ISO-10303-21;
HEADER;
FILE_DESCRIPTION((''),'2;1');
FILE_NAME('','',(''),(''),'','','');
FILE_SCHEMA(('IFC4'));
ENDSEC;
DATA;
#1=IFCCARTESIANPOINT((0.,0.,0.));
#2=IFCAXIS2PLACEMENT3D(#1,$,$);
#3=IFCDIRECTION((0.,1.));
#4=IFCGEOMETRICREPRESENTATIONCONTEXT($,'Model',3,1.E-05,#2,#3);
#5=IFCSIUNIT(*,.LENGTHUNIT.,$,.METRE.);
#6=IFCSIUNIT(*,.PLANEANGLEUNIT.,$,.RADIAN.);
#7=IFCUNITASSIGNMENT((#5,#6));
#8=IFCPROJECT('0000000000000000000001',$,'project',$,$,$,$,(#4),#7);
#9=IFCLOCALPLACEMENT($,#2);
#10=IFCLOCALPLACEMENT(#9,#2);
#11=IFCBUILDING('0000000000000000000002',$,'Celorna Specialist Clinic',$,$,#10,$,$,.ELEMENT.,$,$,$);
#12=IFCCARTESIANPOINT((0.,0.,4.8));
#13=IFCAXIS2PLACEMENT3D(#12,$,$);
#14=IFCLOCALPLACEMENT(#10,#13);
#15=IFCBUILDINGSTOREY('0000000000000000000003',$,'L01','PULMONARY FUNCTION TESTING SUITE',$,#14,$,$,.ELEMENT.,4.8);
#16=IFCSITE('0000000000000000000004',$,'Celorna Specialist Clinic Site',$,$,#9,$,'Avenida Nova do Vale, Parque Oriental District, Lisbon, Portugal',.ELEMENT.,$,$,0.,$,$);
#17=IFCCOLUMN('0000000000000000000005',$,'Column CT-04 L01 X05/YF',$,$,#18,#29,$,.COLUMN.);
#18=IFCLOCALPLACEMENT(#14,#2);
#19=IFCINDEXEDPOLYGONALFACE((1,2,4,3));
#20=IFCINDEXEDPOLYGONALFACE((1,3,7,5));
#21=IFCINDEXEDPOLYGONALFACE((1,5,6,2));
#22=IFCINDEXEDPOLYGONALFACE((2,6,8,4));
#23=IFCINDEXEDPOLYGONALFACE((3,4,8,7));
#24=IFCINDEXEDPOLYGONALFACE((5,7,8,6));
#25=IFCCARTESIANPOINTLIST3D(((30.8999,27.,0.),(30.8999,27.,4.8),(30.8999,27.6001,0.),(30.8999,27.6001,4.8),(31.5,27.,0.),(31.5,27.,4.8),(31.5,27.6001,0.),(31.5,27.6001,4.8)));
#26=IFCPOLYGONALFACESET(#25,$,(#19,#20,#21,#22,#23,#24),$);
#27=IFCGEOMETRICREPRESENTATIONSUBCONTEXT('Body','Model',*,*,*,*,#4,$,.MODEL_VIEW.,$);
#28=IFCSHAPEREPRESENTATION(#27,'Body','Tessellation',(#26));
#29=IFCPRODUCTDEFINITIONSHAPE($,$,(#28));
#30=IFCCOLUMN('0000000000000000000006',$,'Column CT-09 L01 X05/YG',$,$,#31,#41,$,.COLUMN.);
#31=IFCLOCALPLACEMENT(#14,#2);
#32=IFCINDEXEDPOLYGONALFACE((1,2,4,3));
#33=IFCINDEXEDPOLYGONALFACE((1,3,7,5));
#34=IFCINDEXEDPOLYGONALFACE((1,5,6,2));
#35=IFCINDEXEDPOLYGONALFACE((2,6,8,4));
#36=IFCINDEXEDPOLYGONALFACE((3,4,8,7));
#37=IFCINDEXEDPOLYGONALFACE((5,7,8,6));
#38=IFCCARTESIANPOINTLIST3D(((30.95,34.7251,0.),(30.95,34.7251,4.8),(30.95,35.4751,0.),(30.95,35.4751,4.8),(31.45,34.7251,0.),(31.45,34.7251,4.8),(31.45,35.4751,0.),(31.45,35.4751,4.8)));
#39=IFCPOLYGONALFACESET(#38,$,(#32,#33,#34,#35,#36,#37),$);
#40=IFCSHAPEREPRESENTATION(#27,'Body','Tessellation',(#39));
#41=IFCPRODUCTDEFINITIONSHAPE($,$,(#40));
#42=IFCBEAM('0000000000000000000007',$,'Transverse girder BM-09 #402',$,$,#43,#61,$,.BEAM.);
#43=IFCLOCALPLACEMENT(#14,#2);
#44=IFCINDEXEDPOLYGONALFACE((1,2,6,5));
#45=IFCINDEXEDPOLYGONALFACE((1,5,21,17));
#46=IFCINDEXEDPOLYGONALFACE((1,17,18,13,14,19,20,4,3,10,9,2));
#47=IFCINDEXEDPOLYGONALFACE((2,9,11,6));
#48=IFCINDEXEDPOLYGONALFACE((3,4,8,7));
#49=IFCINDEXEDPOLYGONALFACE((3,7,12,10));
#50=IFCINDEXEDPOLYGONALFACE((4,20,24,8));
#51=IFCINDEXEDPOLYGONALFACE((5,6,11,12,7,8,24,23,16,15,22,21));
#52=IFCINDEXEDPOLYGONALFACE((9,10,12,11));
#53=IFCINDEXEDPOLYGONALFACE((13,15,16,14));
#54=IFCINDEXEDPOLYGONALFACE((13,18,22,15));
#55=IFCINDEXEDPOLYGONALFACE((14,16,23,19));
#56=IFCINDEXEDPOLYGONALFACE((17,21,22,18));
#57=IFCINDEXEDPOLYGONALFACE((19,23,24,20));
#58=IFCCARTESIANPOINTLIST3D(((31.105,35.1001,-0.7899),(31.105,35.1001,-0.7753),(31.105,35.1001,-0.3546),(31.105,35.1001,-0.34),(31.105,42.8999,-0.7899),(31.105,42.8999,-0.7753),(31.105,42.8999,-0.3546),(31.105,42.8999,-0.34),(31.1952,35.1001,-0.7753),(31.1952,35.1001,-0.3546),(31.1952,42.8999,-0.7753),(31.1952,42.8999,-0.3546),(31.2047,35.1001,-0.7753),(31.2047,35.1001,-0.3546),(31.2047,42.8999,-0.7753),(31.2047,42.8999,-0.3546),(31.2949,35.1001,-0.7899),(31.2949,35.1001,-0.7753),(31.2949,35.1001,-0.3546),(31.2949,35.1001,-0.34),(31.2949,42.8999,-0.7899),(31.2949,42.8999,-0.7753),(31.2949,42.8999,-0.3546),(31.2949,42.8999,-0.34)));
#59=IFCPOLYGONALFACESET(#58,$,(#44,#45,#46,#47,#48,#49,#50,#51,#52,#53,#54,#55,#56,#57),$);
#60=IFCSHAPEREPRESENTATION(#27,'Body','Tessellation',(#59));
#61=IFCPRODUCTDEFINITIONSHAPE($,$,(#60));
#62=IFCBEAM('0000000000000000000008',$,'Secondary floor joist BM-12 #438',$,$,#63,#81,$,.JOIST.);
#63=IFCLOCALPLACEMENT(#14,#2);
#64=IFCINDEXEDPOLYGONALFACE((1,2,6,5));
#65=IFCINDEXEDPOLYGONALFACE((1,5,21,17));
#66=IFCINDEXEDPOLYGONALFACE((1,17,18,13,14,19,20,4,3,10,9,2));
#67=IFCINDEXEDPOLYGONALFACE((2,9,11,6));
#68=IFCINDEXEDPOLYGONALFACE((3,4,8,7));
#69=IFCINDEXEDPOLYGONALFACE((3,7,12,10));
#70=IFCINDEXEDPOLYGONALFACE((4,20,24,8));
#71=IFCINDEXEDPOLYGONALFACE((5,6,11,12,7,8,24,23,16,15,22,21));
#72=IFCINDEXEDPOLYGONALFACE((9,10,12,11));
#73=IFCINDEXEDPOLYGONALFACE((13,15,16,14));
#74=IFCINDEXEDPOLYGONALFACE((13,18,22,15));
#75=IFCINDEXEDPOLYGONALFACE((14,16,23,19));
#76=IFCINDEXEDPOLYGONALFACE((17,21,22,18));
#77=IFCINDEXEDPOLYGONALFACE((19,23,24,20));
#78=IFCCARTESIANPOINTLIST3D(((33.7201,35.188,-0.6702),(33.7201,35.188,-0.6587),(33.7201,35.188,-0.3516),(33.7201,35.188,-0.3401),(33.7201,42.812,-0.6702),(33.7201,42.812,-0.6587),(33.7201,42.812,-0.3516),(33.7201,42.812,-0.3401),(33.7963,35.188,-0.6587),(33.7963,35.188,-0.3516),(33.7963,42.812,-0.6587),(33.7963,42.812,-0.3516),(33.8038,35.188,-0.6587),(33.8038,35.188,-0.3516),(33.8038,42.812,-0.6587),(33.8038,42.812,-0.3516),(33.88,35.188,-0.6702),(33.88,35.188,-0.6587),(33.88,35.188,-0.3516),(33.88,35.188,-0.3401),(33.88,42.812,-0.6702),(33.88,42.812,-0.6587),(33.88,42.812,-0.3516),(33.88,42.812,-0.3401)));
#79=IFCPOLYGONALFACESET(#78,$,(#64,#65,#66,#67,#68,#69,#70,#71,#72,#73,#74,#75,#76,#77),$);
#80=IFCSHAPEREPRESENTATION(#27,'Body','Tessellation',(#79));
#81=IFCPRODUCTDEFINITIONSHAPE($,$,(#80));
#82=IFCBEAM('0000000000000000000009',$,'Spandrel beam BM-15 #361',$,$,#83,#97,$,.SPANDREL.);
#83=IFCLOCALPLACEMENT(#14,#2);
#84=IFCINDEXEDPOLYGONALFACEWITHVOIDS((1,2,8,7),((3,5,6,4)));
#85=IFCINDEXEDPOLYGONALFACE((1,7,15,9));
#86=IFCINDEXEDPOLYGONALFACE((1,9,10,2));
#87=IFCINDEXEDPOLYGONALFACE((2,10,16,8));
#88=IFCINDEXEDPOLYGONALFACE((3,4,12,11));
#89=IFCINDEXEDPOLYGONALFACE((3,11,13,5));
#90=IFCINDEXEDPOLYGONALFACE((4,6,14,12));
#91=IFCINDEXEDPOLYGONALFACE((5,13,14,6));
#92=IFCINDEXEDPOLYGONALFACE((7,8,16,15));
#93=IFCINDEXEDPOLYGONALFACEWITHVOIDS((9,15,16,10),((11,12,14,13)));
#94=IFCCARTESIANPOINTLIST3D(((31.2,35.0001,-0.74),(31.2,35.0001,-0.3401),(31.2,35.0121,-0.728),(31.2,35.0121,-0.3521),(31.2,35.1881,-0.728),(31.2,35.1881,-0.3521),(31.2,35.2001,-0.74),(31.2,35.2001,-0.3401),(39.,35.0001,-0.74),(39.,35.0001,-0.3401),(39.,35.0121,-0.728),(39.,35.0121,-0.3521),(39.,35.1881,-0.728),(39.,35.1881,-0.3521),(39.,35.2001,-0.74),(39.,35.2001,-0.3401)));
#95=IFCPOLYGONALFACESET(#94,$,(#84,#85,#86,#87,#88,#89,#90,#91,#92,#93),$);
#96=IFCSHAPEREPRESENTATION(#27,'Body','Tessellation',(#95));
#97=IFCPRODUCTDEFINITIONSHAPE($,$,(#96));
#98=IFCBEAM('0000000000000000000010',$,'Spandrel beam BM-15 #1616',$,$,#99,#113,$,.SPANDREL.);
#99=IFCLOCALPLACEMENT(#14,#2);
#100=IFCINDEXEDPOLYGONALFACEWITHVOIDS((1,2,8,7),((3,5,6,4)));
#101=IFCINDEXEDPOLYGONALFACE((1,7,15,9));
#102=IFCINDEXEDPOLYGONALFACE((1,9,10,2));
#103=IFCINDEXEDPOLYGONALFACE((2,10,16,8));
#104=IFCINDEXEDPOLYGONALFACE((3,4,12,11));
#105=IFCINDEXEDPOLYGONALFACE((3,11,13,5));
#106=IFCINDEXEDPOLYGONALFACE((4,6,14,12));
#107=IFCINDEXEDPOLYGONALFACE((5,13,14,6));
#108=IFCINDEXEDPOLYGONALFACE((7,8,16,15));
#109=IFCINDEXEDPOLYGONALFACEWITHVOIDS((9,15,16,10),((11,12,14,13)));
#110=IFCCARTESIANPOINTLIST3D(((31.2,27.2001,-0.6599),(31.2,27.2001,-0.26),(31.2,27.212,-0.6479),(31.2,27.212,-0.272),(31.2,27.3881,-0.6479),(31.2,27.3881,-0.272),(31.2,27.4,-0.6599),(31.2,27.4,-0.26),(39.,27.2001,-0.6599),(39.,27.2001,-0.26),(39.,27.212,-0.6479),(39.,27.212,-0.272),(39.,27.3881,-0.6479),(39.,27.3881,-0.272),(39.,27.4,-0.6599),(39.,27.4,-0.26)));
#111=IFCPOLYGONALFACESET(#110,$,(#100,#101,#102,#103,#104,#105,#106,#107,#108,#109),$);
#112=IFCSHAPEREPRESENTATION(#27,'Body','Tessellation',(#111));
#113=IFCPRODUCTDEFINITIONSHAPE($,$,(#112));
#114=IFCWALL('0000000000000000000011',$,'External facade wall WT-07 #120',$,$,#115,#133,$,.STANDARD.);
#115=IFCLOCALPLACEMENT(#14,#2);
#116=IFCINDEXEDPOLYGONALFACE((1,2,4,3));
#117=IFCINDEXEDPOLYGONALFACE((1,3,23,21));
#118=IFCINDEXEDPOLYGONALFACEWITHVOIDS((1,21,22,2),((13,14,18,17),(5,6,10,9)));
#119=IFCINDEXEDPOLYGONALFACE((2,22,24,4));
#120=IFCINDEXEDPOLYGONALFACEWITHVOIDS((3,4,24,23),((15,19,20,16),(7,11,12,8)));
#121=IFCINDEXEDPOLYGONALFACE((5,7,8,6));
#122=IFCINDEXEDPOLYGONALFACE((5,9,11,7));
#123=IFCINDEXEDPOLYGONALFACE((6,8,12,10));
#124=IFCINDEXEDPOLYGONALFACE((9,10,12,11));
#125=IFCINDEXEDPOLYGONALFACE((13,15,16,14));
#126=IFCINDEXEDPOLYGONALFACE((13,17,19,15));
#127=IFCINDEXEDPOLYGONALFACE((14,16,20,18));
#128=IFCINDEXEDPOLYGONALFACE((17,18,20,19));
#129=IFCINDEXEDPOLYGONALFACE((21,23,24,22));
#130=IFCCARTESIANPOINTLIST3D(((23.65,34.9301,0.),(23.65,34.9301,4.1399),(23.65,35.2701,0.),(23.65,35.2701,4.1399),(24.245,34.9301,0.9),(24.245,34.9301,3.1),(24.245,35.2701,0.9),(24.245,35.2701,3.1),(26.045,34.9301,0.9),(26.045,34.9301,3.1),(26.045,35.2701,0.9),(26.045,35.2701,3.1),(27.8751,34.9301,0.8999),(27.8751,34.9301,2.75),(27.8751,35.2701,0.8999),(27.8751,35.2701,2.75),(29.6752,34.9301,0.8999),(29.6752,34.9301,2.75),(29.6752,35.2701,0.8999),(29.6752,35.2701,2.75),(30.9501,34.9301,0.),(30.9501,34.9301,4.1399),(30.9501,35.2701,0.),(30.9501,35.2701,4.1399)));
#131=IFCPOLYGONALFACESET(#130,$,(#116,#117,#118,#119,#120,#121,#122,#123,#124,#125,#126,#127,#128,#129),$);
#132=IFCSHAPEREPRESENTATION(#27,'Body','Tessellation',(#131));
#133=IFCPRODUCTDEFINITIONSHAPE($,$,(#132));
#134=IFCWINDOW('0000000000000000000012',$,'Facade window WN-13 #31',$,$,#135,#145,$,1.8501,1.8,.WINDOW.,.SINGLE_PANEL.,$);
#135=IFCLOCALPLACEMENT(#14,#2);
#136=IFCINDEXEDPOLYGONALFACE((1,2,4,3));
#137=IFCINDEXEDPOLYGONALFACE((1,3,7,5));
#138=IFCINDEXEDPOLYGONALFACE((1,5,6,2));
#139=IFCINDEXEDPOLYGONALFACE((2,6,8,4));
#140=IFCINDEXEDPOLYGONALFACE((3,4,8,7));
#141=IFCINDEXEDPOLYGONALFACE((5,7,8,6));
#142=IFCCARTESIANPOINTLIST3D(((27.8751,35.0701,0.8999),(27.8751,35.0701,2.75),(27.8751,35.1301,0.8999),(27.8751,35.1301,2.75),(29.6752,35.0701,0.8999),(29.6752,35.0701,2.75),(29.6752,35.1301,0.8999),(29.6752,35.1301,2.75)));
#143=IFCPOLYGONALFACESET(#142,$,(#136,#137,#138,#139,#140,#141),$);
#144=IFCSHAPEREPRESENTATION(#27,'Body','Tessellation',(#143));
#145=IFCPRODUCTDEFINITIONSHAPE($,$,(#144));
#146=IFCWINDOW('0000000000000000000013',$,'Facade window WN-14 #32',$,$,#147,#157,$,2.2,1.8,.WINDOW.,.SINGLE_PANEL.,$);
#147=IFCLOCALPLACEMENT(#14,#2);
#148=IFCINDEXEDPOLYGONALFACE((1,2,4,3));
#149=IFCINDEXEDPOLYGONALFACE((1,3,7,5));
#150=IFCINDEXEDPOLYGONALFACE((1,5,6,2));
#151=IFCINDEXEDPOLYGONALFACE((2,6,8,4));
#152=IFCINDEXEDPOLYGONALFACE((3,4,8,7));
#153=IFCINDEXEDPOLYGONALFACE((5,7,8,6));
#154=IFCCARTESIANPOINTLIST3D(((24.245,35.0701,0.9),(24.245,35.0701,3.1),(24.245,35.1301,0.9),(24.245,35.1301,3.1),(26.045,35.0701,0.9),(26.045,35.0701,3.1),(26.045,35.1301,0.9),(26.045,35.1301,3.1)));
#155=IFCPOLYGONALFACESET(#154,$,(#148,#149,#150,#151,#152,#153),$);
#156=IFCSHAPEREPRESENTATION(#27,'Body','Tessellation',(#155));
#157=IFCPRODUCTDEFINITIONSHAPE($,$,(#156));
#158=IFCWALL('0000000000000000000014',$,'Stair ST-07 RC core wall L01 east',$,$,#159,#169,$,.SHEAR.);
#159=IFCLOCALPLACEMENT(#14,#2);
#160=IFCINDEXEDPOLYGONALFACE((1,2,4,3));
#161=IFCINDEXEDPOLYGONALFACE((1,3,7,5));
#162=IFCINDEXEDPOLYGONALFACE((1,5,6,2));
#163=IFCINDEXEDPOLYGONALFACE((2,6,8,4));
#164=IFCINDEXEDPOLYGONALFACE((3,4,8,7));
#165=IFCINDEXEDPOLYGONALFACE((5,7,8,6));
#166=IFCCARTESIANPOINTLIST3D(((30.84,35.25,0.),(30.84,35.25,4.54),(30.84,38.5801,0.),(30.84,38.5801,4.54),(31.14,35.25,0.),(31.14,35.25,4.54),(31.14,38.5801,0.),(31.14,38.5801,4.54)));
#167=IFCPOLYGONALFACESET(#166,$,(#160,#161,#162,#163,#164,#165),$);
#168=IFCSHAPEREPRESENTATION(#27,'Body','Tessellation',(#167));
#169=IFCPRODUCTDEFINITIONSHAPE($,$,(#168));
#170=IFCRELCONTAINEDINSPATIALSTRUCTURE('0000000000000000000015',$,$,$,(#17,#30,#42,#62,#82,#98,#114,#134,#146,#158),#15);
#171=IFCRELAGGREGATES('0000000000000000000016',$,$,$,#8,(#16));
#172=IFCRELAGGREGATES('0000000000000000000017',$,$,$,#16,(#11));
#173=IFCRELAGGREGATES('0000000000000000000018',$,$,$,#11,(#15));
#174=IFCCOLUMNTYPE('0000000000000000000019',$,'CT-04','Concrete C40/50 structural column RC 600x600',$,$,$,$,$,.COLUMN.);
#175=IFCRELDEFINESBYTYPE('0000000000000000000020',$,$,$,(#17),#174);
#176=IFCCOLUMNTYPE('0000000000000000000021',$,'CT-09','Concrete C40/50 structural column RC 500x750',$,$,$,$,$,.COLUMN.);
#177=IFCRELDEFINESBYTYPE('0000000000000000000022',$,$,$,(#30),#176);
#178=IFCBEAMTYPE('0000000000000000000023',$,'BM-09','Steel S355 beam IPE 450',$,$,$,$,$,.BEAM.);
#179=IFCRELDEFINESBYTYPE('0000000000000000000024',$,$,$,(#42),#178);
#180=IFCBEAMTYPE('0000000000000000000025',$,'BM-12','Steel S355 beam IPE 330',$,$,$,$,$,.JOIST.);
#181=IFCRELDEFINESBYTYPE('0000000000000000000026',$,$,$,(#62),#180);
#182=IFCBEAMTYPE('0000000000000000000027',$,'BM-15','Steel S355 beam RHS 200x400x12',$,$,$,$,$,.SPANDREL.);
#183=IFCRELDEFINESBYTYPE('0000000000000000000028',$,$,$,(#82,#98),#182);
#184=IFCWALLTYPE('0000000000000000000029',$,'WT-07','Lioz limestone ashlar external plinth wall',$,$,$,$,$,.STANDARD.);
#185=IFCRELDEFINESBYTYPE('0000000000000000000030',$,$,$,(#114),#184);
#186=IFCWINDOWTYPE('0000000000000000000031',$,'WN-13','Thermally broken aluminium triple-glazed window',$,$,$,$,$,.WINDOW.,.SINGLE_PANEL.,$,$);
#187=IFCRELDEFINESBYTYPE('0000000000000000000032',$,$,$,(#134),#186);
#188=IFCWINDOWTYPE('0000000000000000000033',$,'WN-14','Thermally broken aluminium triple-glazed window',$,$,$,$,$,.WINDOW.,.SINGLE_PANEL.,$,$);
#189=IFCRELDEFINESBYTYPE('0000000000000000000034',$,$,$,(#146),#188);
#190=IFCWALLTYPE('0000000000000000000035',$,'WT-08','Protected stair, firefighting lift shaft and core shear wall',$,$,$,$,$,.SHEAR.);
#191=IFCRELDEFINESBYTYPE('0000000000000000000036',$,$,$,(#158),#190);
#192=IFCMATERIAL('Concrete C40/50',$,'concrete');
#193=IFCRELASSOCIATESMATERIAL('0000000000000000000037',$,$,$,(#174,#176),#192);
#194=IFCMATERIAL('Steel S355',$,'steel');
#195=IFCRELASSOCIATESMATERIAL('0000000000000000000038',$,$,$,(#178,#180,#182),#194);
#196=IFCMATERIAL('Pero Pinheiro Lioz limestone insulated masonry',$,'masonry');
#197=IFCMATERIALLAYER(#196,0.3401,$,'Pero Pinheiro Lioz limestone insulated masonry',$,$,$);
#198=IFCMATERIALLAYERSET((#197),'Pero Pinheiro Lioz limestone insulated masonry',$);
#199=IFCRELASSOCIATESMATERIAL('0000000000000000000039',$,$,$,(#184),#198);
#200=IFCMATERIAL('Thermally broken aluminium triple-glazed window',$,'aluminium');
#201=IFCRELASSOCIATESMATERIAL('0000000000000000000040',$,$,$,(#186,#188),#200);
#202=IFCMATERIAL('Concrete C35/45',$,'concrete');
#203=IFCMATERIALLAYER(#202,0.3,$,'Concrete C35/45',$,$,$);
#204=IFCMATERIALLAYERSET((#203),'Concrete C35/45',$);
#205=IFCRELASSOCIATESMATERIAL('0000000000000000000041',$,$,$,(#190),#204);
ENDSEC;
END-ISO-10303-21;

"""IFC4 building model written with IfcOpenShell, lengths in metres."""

from ifc_helpers import new_model, si_unit, direction, frame, frame_2d, origin, origin_2d, place, context, subcontext, project, spatial, rectangle, hollow_rectangle, i_section, extrude, material, layer, layer_set, material_profile, profile_set, type_object, element, fill, save


model = new_model("IFC4")

# Units and contexts
model_context = context("Model", 3, precision=1e-05, world=origin(), true_north=direction((0.0, 1.0)))
body_context = subcontext(model_context, "Body", "Model", "MODEL_VIEW")
ifc_project = project(units=[si_unit("LENGTHUNIT", "METRE"), si_unit("PLANEANGLEUNIT", "RADIAN")], contexts=[model_context])

# Site, building, storey
site_placement = place(None, origin())
site = spatial("IfcSite", under=ifc_project, at=site_placement, Name="Celorna Specialist Clinic Site", LongName="Avenida Nova do Vale, Parque Oriental District, Lisbon, Portugal", CompositionType="ELEMENT", RefElevation=0.0)
building_placement = place(site_placement, origin())
building = spatial("IfcBuilding", under=site, at=building_placement, Name="Celorna Specialist Clinic", CompositionType="ELEMENT")
storey_placement = place(building_placement, frame((0.0, 0.0, 4.8)))
storey = spatial("IfcBuildingStorey", under=building, at=storey_placement, Name="L01", Description="PULMONARY FUNCTION TESTING SUITE", CompositionType="ELEMENT", Elevation=4.8)

# Columns
ifc_material_1 = material(Name="Concrete C40/50", Category="concrete")
ifc_material_profile_1 = material_profile(ifc_material_1, rectangle(XDim=0.6001, YDim=0.6001, at=origin_2d()), Name="RC 600x600")
ifc_profile_set_1 = profile_set([ifc_material_profile_1], Name="Concrete C40/50")
column_type_1 = type_object("IfcColumnType", Name="CT-04", Description="Concrete C40/50 structural column RC 600x600", PredefinedType="COLUMN", material=ifc_profile_set_1)
column_1_placement = place(storey_placement, frame((31.2, 27.3, 0.0), z_axis=(0.0, 0.0, 1.0), x_axis=(1.0, 0.0, 0.0)))
element("IfcColumn", 1, at=column_1_placement, inside=storey, type_object=column_type_1, Name="Column CT-04 L01 X05/YF", PredefinedType="COLUMN", context=body_context, shape_type="SweptSolid", body=[
    extrude(rectangle(XDim=0.6001, YDim=0.6001, at=origin_2d()), origin(), (0.0, 0.0, 1.0), 4.8),
])
ifc_material_profile_2 = material_profile(ifc_material_1, rectangle(XDim=0.5, YDim=0.75, at=origin_2d()), Name="RC 500x750")
ifc_profile_set_2 = profile_set([ifc_material_profile_2], Name="Concrete C40/50")
column_type_2 = type_object("IfcColumnType", Name="CT-09", Description="Concrete C40/50 structural column RC 500x750", PredefinedType="COLUMN", material=ifc_profile_set_2)
column_2_placement = place(storey_placement, frame((31.2, 35.1001, 0.0), z_axis=(0.0, 0.0, 1.0), x_axis=(1.0, 0.0, 0.0)))
element("IfcColumn", 2, at=column_2_placement, inside=storey, type_object=column_type_2, Name="Column CT-09 L01 X05/YG", PredefinedType="COLUMN", context=body_context, shape_type="SweptSolid", body=[
    extrude(rectangle(XDim=0.5, YDim=0.75, at=origin_2d()), origin(), (0.0, 0.0, 1.0), 4.8),
])

# Beams
ifc_material_2 = material(Name="Steel S355", Category="steel")
ifc_material_profile_3 = material_profile(ifc_material_2, i_section(OverallWidth=0.1899, OverallDepth=0.45, WebThickness=0.0095, FlangeThickness=0.0146, at=origin_2d()), Name="IPE 450")
ifc_profile_set_3 = profile_set([ifc_material_profile_3], Name="Steel S355")
beam_type_1 = type_object("IfcBeamType", Name="BM-09", Description="Steel S355 beam IPE 450", PredefinedType="BEAM", material=ifc_profile_set_3)
beam_1_placement = place(storey_placement, frame((31.2, 35.1001, -0.5649), z_axis=(0.0, 1.0, 0.0), x_axis=(-1.0, 0.0, 0.0)))
element("IfcBeam", 3, at=beam_1_placement, inside=storey, type_object=beam_type_1, Name="Transverse girder BM-09 #402", PredefinedType="BEAM", context=body_context, shape_type="SweptSolid", body=[
    extrude(i_section(OverallWidth=0.1899, OverallDepth=0.45, WebThickness=0.0095, FlangeThickness=0.0146, at=origin_2d()), origin(), (0.0, 0.0, 1.0), 7.7998),
])
ifc_material_profile_4 = material_profile(ifc_material_2, i_section(OverallWidth=0.1599, OverallDepth=0.3301, WebThickness=0.0076, FlangeThickness=0.0115, at=origin_2d()), Name="IPE 330")
ifc_profile_set_4 = profile_set([ifc_material_profile_4], Name="Steel S355")
beam_type_2 = type_object("IfcBeamType", Name="BM-12", Description="Steel S355 beam IPE 330", PredefinedType="JOIST", material=ifc_profile_set_4)
beam_2_placement = place(storey_placement, frame((33.8, 35.188, -0.5051), z_axis=(0.0, 1.0, 0.0), x_axis=(-1.0, 0.0, 0.0)))
element("IfcBeam", 4, at=beam_2_placement, inside=storey, type_object=beam_type_2, Name="Secondary floor joist BM-12 #438", PredefinedType="JOIST", context=body_context, shape_type="SweptSolid", body=[
    extrude(i_section(OverallWidth=0.1599, OverallDepth=0.3301, WebThickness=0.0076, FlangeThickness=0.0115, at=origin_2d()), origin(), (0.0, 0.0, 1.0), 7.624),
])
ifc_material_profile_5 = material_profile(ifc_material_2, hollow_rectangle(XDim=0.2, YDim=0.3999, WallThickness=0.012, at=origin_2d()), Name="RHS 200x400x12")
ifc_profile_set_5 = profile_set([ifc_material_profile_5], Name="Steel S355")
beam_type_3 = type_object("IfcBeamType", Name="BM-15", Description="Steel S355 beam RHS 200x400x12", PredefinedType="SPANDREL", material=ifc_profile_set_5)
for number, where, z_axis, x_axis, name in (
    (5, (31.2, 35.1001, -0.54), (1.0, 0.0, 0.0), (0.0, 1.0, 0.0), "Spandrel beam BM-15 #361"),
    (6, (31.2, 27.3, -0.46), (1.0, 0.0, 0.0), (0.0, 1.0, 0.0), "Spandrel beam BM-15 #1616"),
):
    element("IfcBeam", number, at=place(storey_placement, frame(where, z_axis=z_axis, x_axis=x_axis)), inside=storey, type_object=beam_type_3, Name=name, PredefinedType="SPANDREL", context=body_context, shape_type="SweptSolid", body=[
        extrude(hollow_rectangle(XDim=0.2, YDim=0.3999, WallThickness=0.012, at=origin_2d()), origin(), (0.0, 0.0, 1.0), 7.8),
    ])

# Wall, openings, windows
ifc_material_3 = material(Name="Pero Pinheiro Lioz limestone insulated masonry", Category="masonry")
ifc_layer_1 = layer(ifc_material_3, 0.3401, Name="Pero Pinheiro Lioz limestone insulated masonry")
ifc_layer_set_1 = layer_set([ifc_layer_1], Name="Pero Pinheiro Lioz limestone insulated masonry")
wall_type_1 = type_object("IfcWallType", Name="WT-07", Description="Lioz limestone ashlar external plinth wall", PredefinedType="STANDARD", material=ifc_layer_set_1)
wall_1_placement = place(storey_placement, frame((30.95, 35.1001, 0.0), z_axis=(0.0, 0.0, 1.0), x_axis=(-1.0, 0.0, 0.0)))
wall_1 = element("IfcWall", 7, at=wall_1_placement, inside=storey, type_object=wall_type_1, Name="External facade wall WT-07 #120", PredefinedType="STANDARD", context=body_context, shape_type="SweptSolid", body=[
    extrude(rectangle(XDim=7.3, YDim=0.3401, at=frame_2d((3.6499, 0.0))), origin(), (0.0, 0.0, 1.0), 4.1399),
])
opening_1_placement = place(wall_1_placement, frame((1.2749, 0.0, 0.8999)))
opening_1 = element("IfcOpeningElement", 8, at=opening_1_placement, cuts=wall_1, PredefinedType="OPENING", context=body_context, shape_type="SweptSolid", body=[
    extrude(rectangle(XDim=1.8, YDim=1.8501, at=frame_2d((0.8999, 0.925))), frame((0.0, 0.1799, 0.0), z_axis=(0.0, -1.0, 0.0), x_axis=(1.0, 0.0, 0.0)), (0.0, 0.0, 1.0), 0.3601),
])
opening_2_placement = place(wall_1_placement, frame((4.905, 0.0, 0.8999)))
opening_2 = element("IfcOpeningElement", 9, at=opening_2_placement, cuts=wall_1, PredefinedType="OPENING", context=body_context, shape_type="SweptSolid", body=[
    extrude(rectangle(XDim=1.8, YDim=2.2, at=frame_2d((0.8999, 1.1001))), frame((0.0, 0.1799, 0.0), z_axis=(0.0, -1.0, 0.0), x_axis=(1.0, 0.0, 0.0)), (0.0, 0.0, 1.0), 0.3601),
])
ifc_material_4 = material(Name="Thermally broken aluminium triple-glazed window", Category="aluminium")
window_type_1 = type_object("IfcWindowType", Name="WN-13", Description="Thermally broken aluminium triple-glazed window", PartitioningType="SINGLE_PANEL", PredefinedType="WINDOW", material=ifc_material_4)
window_1_placement = place(opening_1_placement, origin())
window_1 = element("IfcWindow", 10, at=window_1_placement, inside=storey, type_object=window_type_1, Name="Facade window WN-13 #31", OverallHeight=1.8501, OverallWidth=1.8, PartitioningType="SINGLE_PANEL", PredefinedType="WINDOW", context=body_context, shape_type="SweptSolid", body=[
    extrude(rectangle(XDim=1.8, YDim=1.8501, at=frame_2d((0.8999, 0.925))), frame((0.0, 0.03, 0.0), z_axis=(0.0, -1.0, 0.0), x_axis=(1.0, 0.0, 0.0)), (0.0, 0.0, 1.0), 0.0601),
])
fill(opening_1, window_1)
window_type_2 = type_object("IfcWindowType", Name="WN-14", Description="Thermally broken aluminium triple-glazed window", PartitioningType="SINGLE_PANEL", PredefinedType="WINDOW", material=ifc_material_4)
window_2_placement = place(opening_2_placement, origin())
window_2 = element("IfcWindow", 11, at=window_2_placement, inside=storey, type_object=window_type_2, Name="Facade window WN-14 #32", OverallHeight=2.2, OverallWidth=1.8, PartitioningType="SINGLE_PANEL", PredefinedType="WINDOW", context=body_context, shape_type="SweptSolid", body=[
    extrude(rectangle(XDim=1.8, YDim=2.2, at=frame_2d((0.8999, 1.1001))), frame((0.0, 0.03, 0.0), z_axis=(0.0, -1.0, 0.0), x_axis=(1.0, 0.0, 0.0)), (0.0, 0.0, 1.0), 0.0601),
])
fill(opening_2, window_2)

# Wall
ifc_material_5 = material(Name="Concrete C35/45", Category="concrete")
ifc_layer_2 = layer(ifc_material_5, 0.3, Name="Concrete C35/45")
ifc_layer_set_2 = layer_set([ifc_layer_2], Name="Concrete C35/45")
wall_type_2 = type_object("IfcWallType", Name="WT-08", Description="Protected stair, firefighting lift shaft and core shear wall", PredefinedType="SHEAR", material=ifc_layer_set_2)
wall_2_placement = place(storey_placement, frame((30.99, 35.25, 0.0), z_axis=(0.0, 0.0, 1.0), x_axis=(0.0, 1.0, 0.0)))
element("IfcWall", 12, at=wall_2_placement, inside=storey, type_object=wall_type_2, Name="Stair ST-07 RC core wall L01 east", PredefinedType="SHEAR", context=body_context, shape_type="SweptSolid", body=[
    extrude(rectangle(XDim=3.3301, YDim=0.3, at=frame_2d((1.665, 0.0))), origin(), (0.0, 0.0, 1.0), 4.54),
])

save(model, "model.ifc")
